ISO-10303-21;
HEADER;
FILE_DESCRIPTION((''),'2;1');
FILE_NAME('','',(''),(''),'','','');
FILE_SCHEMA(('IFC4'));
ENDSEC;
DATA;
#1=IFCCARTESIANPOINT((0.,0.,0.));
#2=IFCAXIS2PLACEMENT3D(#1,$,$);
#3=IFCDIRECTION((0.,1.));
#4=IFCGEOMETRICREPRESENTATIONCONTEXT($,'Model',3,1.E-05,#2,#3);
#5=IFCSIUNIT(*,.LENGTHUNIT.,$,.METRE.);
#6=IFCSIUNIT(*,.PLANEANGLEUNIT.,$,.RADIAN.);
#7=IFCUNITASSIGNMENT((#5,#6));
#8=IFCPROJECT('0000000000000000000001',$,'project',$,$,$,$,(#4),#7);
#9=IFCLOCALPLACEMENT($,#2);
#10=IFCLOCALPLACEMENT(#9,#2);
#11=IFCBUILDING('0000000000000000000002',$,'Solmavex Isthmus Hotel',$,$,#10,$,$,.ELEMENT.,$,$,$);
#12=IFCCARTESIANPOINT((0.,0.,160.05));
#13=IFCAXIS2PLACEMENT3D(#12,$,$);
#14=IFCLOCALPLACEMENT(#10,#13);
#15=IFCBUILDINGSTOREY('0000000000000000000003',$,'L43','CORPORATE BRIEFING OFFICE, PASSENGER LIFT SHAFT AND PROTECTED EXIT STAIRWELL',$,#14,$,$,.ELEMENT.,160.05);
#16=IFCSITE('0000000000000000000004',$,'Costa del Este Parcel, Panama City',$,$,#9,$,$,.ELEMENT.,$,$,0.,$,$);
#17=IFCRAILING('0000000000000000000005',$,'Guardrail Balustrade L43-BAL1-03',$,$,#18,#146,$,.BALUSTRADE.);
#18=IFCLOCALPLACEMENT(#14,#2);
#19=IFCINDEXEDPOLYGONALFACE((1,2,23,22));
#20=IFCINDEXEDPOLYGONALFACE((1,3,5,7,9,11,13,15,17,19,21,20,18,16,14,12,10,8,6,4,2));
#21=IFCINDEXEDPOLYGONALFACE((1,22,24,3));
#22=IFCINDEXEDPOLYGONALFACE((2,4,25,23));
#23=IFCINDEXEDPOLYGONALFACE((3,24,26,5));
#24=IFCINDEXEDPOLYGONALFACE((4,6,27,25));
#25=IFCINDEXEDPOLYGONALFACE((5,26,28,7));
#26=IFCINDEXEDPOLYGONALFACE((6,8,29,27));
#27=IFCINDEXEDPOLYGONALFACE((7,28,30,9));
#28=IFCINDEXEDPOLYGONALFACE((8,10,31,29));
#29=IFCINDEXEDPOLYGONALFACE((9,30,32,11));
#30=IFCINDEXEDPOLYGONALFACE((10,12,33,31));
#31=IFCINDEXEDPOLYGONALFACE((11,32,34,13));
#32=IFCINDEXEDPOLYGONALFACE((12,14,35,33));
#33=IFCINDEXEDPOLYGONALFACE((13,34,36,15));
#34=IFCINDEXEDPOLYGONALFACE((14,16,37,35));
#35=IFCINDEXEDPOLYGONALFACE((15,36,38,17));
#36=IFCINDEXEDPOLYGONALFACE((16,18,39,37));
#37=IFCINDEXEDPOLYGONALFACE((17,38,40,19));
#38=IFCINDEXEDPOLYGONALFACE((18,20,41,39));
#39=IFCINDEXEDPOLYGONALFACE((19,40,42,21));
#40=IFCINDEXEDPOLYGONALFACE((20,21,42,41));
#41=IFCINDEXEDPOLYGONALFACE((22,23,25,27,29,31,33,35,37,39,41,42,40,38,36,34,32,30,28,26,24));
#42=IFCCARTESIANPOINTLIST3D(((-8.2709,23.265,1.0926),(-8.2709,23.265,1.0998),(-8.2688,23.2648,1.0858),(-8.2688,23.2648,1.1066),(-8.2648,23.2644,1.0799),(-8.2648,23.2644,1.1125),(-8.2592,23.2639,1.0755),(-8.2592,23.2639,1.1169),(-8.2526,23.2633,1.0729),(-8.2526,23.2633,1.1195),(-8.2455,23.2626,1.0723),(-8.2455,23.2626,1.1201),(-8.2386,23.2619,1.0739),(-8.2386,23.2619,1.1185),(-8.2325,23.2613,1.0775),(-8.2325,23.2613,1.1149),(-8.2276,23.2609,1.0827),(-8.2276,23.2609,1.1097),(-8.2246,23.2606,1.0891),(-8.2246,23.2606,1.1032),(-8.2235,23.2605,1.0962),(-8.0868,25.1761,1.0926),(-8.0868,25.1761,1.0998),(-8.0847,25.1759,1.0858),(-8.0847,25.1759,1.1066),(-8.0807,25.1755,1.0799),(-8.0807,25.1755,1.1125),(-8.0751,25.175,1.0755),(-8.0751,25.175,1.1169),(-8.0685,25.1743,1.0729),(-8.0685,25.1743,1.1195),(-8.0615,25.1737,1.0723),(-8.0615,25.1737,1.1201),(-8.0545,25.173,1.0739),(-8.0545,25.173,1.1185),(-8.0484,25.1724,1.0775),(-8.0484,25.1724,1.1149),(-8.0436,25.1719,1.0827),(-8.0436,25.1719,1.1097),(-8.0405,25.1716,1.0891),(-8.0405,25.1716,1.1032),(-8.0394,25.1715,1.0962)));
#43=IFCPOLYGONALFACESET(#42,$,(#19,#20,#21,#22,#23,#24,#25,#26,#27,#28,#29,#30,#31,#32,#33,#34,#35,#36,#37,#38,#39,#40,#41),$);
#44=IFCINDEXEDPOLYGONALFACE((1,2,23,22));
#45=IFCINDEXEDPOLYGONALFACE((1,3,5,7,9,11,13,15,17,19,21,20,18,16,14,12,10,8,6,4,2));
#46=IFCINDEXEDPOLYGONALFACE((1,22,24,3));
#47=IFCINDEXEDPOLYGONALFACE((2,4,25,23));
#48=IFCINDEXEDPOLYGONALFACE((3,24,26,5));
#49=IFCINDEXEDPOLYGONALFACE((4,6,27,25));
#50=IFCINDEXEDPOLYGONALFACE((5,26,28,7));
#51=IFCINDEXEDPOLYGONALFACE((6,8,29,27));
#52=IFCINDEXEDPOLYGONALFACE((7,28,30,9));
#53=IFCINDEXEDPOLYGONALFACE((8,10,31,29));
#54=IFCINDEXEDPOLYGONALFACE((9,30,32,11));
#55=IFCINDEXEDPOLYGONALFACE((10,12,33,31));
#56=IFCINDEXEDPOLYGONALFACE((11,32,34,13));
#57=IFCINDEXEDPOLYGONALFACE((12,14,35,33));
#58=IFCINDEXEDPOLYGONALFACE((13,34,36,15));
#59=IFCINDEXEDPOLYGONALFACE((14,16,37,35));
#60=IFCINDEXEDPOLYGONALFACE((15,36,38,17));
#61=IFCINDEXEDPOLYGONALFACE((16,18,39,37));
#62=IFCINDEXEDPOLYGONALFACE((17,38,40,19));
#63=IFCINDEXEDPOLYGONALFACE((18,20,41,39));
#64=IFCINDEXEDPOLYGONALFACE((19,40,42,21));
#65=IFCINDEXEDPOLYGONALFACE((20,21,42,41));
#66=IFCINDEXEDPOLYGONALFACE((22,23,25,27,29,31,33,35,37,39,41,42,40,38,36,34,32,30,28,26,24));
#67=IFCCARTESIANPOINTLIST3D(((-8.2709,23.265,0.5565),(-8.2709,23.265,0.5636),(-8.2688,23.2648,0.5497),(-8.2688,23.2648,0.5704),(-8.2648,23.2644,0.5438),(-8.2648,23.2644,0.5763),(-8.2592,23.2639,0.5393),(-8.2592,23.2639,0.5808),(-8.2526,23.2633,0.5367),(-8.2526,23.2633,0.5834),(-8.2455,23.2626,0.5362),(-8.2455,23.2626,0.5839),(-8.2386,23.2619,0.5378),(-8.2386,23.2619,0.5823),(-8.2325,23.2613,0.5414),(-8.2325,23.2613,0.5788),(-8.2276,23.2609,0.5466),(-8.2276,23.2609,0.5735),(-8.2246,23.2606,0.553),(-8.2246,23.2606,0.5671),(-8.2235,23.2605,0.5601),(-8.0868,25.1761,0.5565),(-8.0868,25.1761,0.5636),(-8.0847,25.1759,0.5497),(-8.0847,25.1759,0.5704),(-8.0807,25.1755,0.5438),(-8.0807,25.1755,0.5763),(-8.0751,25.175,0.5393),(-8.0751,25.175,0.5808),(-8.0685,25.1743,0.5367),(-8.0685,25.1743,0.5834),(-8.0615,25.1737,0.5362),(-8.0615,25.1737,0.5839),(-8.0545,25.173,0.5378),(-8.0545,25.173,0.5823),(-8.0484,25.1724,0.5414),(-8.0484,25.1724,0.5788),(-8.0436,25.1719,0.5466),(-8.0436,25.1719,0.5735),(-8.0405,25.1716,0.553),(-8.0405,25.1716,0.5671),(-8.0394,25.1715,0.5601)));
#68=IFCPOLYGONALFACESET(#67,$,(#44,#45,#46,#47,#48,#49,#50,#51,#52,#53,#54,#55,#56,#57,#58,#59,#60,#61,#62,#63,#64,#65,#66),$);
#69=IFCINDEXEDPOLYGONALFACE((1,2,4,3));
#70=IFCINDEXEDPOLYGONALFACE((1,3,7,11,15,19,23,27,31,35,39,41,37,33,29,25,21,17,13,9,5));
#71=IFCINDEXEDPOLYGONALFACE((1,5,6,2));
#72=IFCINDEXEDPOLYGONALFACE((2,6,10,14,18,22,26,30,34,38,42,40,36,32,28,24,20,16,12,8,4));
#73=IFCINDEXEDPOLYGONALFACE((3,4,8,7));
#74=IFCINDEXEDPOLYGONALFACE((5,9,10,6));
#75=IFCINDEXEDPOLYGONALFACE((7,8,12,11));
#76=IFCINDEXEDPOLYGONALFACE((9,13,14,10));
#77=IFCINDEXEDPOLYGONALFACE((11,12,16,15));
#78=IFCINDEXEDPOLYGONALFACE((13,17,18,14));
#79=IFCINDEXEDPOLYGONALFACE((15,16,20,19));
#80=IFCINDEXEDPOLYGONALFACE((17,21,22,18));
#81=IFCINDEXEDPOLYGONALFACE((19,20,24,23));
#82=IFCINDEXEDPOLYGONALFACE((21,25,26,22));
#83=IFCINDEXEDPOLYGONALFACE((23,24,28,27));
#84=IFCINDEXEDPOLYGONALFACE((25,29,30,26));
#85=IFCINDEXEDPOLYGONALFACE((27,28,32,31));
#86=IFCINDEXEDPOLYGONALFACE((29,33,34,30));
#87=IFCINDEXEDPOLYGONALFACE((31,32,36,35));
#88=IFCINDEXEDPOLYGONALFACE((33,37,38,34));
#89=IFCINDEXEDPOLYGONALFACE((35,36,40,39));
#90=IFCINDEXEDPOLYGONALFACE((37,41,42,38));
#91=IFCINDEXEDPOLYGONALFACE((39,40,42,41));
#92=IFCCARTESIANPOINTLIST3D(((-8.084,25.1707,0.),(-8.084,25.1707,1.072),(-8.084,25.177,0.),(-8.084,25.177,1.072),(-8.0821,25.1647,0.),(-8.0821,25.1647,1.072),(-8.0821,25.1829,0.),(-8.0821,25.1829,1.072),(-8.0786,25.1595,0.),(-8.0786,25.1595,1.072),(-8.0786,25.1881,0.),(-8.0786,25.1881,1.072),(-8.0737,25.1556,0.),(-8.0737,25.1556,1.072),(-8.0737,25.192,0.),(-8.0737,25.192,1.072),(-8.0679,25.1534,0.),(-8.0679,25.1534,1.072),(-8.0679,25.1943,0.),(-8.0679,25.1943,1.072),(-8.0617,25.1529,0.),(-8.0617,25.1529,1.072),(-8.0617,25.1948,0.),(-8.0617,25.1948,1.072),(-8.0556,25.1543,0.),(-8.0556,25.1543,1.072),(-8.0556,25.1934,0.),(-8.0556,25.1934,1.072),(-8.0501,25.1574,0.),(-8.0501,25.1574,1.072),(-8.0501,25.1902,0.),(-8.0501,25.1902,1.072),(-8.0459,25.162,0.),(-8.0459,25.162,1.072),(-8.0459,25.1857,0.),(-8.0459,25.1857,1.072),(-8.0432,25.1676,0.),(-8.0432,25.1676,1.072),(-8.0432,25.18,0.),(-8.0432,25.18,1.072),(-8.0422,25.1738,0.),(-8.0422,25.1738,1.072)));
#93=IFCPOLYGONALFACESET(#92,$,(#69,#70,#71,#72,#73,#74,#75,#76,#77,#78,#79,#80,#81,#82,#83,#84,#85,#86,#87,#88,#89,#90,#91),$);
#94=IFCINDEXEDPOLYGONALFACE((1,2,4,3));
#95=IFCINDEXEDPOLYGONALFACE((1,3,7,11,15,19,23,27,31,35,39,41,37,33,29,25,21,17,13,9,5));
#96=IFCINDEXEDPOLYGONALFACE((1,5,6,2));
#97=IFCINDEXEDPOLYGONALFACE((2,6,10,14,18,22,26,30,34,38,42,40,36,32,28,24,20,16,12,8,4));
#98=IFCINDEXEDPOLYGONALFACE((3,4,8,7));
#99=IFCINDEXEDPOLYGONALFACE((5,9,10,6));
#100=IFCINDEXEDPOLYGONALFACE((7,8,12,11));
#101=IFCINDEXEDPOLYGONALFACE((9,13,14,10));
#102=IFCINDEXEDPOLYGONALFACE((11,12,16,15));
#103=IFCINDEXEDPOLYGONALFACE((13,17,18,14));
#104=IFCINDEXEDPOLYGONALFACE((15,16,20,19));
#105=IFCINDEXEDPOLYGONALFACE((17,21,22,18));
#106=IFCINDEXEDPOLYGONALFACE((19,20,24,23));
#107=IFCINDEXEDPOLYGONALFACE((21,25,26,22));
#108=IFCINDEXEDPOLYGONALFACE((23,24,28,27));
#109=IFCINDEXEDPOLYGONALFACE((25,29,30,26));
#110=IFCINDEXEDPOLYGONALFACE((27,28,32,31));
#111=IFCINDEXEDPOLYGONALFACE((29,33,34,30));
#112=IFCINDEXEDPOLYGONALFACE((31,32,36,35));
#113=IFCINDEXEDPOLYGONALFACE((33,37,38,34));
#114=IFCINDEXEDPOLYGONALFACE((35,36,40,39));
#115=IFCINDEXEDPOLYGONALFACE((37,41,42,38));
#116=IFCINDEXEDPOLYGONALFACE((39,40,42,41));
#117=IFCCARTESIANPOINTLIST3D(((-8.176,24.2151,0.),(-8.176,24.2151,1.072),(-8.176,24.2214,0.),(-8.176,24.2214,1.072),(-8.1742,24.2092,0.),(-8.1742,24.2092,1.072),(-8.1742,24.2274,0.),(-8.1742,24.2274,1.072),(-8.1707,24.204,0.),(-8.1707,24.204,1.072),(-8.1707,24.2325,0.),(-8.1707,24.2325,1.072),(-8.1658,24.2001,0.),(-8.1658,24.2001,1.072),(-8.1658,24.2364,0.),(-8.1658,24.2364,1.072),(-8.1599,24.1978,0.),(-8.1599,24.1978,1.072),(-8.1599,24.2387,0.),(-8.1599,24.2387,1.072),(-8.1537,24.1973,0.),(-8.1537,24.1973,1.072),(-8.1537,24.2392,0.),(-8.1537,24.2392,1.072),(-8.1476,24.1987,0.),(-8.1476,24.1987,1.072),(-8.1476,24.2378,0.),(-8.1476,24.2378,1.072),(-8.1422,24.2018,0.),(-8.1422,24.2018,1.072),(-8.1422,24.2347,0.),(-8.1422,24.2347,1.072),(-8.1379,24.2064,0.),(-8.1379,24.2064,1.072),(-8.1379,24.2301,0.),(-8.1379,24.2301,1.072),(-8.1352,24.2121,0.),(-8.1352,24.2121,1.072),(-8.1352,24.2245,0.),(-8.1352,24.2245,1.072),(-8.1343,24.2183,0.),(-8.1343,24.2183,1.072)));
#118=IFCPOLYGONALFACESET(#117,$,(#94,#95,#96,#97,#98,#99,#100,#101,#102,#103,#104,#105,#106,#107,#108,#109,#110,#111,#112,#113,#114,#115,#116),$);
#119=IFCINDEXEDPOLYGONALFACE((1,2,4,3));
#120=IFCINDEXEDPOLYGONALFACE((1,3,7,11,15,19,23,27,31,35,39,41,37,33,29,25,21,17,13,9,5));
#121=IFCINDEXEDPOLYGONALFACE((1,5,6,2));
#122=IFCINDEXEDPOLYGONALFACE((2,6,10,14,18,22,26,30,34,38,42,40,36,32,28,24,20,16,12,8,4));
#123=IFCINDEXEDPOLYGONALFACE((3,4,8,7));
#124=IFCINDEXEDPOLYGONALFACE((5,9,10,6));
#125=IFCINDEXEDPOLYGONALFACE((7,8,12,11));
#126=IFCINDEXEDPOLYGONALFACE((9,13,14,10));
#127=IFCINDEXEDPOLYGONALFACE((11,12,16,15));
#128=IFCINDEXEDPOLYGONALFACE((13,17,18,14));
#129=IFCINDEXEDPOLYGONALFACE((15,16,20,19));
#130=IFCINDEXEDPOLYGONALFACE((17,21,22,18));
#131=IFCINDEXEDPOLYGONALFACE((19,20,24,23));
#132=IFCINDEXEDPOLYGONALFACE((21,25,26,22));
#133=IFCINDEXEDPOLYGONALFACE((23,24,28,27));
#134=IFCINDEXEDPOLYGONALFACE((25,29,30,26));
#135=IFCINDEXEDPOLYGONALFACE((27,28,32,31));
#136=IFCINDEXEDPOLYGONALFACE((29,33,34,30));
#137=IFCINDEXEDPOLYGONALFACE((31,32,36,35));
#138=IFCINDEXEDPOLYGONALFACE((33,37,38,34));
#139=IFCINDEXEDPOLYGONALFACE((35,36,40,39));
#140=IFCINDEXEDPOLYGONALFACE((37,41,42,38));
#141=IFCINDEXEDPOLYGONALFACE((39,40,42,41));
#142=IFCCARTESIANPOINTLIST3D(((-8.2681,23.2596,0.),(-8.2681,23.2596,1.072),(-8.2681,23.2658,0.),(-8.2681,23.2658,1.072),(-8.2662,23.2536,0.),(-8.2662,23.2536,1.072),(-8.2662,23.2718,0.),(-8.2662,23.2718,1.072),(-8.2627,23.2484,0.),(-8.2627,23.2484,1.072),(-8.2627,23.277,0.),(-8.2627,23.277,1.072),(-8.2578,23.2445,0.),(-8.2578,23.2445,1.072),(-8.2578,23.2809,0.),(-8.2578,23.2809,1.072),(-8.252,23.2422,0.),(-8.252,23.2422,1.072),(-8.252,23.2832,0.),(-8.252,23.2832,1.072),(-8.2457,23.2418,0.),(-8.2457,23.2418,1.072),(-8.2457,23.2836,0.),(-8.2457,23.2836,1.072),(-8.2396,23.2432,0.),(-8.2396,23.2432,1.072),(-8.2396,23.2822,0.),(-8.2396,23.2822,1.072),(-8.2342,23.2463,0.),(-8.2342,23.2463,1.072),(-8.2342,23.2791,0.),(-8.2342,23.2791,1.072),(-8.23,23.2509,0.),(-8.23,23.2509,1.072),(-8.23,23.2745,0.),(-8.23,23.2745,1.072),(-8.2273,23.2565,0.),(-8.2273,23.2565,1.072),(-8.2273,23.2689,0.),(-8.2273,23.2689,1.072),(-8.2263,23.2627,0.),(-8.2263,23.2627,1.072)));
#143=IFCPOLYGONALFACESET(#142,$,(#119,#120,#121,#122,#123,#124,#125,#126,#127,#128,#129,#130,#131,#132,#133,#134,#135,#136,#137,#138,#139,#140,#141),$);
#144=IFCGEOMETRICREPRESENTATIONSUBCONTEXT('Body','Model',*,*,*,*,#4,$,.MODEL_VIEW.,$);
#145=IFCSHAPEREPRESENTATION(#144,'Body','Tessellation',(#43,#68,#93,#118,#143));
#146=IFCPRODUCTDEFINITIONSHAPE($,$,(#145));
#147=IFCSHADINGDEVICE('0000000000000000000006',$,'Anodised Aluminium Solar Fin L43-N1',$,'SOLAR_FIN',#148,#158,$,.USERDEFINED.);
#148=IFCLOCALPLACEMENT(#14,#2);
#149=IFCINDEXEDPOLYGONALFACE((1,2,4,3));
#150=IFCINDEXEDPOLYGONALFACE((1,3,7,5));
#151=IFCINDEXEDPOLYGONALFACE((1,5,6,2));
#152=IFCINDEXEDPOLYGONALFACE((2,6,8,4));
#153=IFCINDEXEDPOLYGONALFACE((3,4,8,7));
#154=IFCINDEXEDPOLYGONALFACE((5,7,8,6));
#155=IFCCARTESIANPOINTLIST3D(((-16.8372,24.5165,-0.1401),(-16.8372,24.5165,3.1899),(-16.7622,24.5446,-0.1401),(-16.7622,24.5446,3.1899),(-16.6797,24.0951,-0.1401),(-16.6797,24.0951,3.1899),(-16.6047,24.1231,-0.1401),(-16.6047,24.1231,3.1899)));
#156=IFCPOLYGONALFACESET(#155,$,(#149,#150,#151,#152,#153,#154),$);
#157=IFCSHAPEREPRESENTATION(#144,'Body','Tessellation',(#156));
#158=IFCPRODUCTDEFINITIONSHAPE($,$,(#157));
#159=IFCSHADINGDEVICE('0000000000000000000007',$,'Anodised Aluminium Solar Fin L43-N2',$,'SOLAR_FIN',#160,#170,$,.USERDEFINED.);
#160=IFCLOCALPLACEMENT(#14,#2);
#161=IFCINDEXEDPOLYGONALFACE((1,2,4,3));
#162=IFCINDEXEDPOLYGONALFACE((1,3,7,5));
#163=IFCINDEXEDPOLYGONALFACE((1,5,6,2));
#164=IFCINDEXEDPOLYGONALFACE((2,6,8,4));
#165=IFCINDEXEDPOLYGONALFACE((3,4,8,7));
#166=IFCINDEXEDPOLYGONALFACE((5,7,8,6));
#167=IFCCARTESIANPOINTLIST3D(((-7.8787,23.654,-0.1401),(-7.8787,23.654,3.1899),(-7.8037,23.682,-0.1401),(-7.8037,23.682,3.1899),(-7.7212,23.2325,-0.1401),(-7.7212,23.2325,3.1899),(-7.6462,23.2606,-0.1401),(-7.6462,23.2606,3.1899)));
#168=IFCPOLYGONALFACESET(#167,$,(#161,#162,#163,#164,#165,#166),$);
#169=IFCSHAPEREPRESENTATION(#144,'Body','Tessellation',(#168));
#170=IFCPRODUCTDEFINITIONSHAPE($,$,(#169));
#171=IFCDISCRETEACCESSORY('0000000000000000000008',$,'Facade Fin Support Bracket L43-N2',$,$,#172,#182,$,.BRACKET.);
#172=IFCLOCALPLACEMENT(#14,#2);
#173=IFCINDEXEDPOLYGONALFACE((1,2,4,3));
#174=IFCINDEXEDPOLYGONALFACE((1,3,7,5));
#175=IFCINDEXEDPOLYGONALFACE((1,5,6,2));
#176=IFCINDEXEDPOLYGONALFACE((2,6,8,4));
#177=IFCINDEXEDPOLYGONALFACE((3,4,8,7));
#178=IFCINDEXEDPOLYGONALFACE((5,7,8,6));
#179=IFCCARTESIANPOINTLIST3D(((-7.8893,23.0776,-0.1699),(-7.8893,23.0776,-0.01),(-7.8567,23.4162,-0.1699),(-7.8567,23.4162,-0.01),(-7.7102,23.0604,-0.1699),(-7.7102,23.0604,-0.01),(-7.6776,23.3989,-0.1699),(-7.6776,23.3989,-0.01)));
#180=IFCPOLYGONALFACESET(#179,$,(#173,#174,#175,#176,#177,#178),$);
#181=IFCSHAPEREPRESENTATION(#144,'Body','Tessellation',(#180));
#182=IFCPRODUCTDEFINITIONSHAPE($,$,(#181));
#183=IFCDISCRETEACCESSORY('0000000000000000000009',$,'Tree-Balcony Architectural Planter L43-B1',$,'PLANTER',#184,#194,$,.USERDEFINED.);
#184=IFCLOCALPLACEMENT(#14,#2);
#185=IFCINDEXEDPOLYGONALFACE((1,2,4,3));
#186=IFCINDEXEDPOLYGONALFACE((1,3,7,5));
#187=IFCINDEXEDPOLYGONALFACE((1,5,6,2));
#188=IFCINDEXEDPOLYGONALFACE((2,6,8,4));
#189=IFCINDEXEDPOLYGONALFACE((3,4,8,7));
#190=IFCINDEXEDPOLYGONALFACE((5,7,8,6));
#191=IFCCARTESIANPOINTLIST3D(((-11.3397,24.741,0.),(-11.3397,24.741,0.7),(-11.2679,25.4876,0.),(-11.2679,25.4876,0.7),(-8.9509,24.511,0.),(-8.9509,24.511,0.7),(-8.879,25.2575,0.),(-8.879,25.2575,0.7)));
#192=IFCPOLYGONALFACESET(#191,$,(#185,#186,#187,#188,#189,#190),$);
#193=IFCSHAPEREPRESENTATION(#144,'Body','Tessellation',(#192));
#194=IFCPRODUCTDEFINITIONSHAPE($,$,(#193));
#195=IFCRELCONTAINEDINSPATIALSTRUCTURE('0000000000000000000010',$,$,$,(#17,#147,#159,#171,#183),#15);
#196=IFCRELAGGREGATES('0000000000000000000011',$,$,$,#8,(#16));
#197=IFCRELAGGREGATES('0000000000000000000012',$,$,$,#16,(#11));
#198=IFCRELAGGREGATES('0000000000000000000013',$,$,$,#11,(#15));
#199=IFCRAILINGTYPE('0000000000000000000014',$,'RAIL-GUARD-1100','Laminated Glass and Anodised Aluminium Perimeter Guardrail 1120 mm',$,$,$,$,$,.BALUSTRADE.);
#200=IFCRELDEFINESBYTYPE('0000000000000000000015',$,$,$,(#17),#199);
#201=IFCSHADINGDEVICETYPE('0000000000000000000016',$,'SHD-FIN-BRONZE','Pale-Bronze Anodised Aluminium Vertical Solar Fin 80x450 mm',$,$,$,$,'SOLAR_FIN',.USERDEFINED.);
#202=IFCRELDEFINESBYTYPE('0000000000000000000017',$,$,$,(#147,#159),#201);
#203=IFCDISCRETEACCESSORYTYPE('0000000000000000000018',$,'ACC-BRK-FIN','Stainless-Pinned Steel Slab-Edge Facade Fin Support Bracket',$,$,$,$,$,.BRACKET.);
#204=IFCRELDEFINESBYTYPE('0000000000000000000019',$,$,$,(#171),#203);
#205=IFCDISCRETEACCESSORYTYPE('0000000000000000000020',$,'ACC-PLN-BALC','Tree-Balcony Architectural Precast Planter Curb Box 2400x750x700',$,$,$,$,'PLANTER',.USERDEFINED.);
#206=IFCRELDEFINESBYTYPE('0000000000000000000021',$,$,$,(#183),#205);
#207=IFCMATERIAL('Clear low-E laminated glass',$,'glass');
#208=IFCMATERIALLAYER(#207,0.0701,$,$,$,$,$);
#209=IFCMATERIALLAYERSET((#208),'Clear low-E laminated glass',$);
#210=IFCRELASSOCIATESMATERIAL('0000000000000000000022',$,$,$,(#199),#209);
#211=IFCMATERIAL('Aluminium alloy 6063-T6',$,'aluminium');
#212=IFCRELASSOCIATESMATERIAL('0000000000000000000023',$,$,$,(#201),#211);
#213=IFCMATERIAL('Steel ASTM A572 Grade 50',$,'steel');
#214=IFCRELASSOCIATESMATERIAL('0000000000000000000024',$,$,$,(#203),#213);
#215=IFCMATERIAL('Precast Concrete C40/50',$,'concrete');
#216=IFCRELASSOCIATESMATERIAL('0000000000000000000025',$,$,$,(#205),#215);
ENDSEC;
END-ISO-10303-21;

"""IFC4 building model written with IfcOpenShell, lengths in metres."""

from ifc_helpers import new_model, si_unit, direction, frame, origin, origin_2d, place, context, subcontext, project, spatial, rectangle, circle, extrude, material, layer, layer_set, type_object, element, save


model = new_model("IFC4")

# Units and contexts
model_context = context("Model", 3, precision=1e-05, world=origin(), true_north=direction((0.0, 1.0)))
body_context = subcontext(model_context, "Body", "Model", "MODEL_VIEW")
ifc_project = project(units=[si_unit("LENGTHUNIT", "METRE"), si_unit("PLANEANGLEUNIT", "RADIAN")], contexts=[model_context])

# Site, building, storey
site_placement = place(None, origin())
site = spatial("IfcSite", under=ifc_project, at=site_placement, Name="Costa del Este Parcel, Panama City", CompositionType="ELEMENT", RefElevation=0.0)
building_placement = place(site_placement, origin())
building = spatial("IfcBuilding", under=site, at=building_placement, Name="Solmavex Isthmus Hotel", CompositionType="ELEMENT")
storey_placement = place(building_placement, frame((0.0, 0.0, 160.05)))
storey = spatial("IfcBuildingStorey", under=building, at=storey_placement, Name="L43", Description="CORPORATE BRIEFING OFFICE, PASSENGER LIFT SHAFT AND PROTECTED EXIT STAIRWELL", CompositionType="ELEMENT", Elevation=160.05)

# Shared definitions
ifc_material_1 = material(Name="Aluminium alloy 6063-T6", Category="aluminium")

# Shared definitions
ifc_material_2 = material(Name="Clear low-E laminated glass", Category="glass")

# Shared definitions
ifc_material_3 = material(Name="Precast Concrete C40/50", Category="concrete")

# Railing
ifc_layer_1 = layer(ifc_material_2, 0.0701)
ifc_layer_set_1 = layer_set([ifc_layer_1], Name="Clear low-E laminated glass")
railing_type = type_object("IfcRailingType", Name="RAIL-GUARD-1100", Description="Laminated Glass and Anodised Aluminium Perimeter Guardrail 1120 mm", PredefinedType="BALUSTRADE", material=ifc_layer_set_1)
railing_1_placement = place(storey_placement, frame((-8.0632, 25.1738, 0.0)))
element("IfcRailing", 1, at=railing_1_placement, inside=storey, type_object=railing_type, Name="Guardrail Balustrade L43-BAL1-03", PredefinedType="BALUSTRADE", context=body_context, shape_type="SweptSolid", body=[
    extrude(circle(Radius=0.0239, at=origin_2d()), frame((0.0, 0.0, 1.0962), z_axis=(-0.095877, -0.995393, 0.0), x_axis=(0.995393, -0.095877, 0.0)), (0.0, 0.0, 1.0), 1.9199),
    extrude(circle(Radius=0.0239, at=origin_2d()), frame((0.0, 0.0, 0.5601), z_axis=(-0.095877, -0.995393, 0.0), x_axis=(0.995393, -0.095877, 0.0)), (0.0, 0.0, 1.0), 1.9199),
    extrude(circle(Radius=0.021, at=origin_2d()), origin(), (0.0, 0.0, 1.0), 1.072),
    extrude(circle(Radius=0.021, at=origin_2d()), frame((-0.092, -0.9556, 0.0)), (0.0, 0.0, 1.0), 1.072),
    extrude(circle(Radius=0.021, at=origin_2d()), frame((-0.1841, -1.9111, 0.0)), (0.0, 0.0, 1.0), 1.072),
])

# Shading devices
shading_device_type = type_object("IfcShadingDeviceType", Name="SHD-FIN-BRONZE", Description="Pale-Bronze Anodised Aluminium Vertical Solar Fin 80x450 mm", ElementType="SOLAR_FIN", PredefinedType="USERDEFINED", material=ifc_material_1)
for number, where, z_axis, x_axis, name in (
    (2, (-16.7209, 24.3198, -0.1401), (0.0, 0.0, 1.0), (-0.350207, 0.936672, 0.0), "Anodised Aluminium Solar Fin L43-N1"),
    (3, (-7.7625, 23.4573, -0.1401), (0.0, 0.0, 1.0), (-0.350207, 0.936672, 0.0), "Anodised Aluminium Solar Fin L43-N2"),
):
    element("IfcShadingDevice", number, at=place(storey_placement, frame(where, z_axis=z_axis, x_axis=x_axis)), inside=storey, type_object=shading_device_type, Name=name, ObjectType="SOLAR_FIN", PredefinedType="USERDEFINED", context=body_context, shape_type="SweptSolid", body=[
        extrude(rectangle(XDim=0.45, YDim=0.0801, at=origin_2d()), origin(), (0.0, 0.0, 1.0), 3.3301),
    ])

# Discrete accessories
ifc_material_4 = material(Name="Steel ASTM A572 Grade 50", Category="steel")
discrete_accessory_type_1 = type_object("IfcDiscreteAccessoryType", Name="ACC-BRK-FIN", Description="Stainless-Pinned Steel Slab-Edge Facade Fin Support Bracket", PredefinedType="BRACKET", material=ifc_material_4)
discrete_accessory_1_placement = place(storey_placement, frame((-7.7834, 23.2383, -0.1699), z_axis=(0.0, 0.0, 1.0), x_axis=(0.095846, 0.995396, 0.0)))
element("IfcDiscreteAccessory", 4, at=discrete_accessory_1_placement, inside=storey, type_object=discrete_accessory_type_1, Name="Facade Fin Support Bracket L43-N2", PredefinedType="BRACKET", context=body_context, shape_type="SweptSolid", body=[
    extrude(rectangle(XDim=0.3401, YDim=0.1799, at=origin_2d()), origin(), (0.0, 0.0, 1.0), 0.1599),
])
discrete_accessory_type_2 = type_object("IfcDiscreteAccessoryType", Name="ACC-PLN-BALC", Description="Tree-Balcony Architectural Precast Planter Curb Box 2400x750x700", ElementType="PLANTER", PredefinedType="USERDEFINED", material=ifc_material_3)
discrete_accessory_2_placement = place(storey_placement, frame((-10.1094, 24.9993, 0.0), z_axis=(0.0, 0.0, 1.0), x_axis=(0.995396, -0.095846, 0.0)))
element("IfcDiscreteAccessory", 5, at=discrete_accessory_2_placement, inside=storey, type_object=discrete_accessory_type_2, Name="Tree-Balcony Architectural Planter L43-B1", ObjectType="PLANTER", PredefinedType="USERDEFINED", context=body_context, shape_type="SweptSolid", body=[
    extrude(rectangle(XDim=2.3999, YDim=0.75, at=origin_2d()), origin(), (0.0, 0.0, 1.0), 0.7),
])

save(model, "model.ifc")
